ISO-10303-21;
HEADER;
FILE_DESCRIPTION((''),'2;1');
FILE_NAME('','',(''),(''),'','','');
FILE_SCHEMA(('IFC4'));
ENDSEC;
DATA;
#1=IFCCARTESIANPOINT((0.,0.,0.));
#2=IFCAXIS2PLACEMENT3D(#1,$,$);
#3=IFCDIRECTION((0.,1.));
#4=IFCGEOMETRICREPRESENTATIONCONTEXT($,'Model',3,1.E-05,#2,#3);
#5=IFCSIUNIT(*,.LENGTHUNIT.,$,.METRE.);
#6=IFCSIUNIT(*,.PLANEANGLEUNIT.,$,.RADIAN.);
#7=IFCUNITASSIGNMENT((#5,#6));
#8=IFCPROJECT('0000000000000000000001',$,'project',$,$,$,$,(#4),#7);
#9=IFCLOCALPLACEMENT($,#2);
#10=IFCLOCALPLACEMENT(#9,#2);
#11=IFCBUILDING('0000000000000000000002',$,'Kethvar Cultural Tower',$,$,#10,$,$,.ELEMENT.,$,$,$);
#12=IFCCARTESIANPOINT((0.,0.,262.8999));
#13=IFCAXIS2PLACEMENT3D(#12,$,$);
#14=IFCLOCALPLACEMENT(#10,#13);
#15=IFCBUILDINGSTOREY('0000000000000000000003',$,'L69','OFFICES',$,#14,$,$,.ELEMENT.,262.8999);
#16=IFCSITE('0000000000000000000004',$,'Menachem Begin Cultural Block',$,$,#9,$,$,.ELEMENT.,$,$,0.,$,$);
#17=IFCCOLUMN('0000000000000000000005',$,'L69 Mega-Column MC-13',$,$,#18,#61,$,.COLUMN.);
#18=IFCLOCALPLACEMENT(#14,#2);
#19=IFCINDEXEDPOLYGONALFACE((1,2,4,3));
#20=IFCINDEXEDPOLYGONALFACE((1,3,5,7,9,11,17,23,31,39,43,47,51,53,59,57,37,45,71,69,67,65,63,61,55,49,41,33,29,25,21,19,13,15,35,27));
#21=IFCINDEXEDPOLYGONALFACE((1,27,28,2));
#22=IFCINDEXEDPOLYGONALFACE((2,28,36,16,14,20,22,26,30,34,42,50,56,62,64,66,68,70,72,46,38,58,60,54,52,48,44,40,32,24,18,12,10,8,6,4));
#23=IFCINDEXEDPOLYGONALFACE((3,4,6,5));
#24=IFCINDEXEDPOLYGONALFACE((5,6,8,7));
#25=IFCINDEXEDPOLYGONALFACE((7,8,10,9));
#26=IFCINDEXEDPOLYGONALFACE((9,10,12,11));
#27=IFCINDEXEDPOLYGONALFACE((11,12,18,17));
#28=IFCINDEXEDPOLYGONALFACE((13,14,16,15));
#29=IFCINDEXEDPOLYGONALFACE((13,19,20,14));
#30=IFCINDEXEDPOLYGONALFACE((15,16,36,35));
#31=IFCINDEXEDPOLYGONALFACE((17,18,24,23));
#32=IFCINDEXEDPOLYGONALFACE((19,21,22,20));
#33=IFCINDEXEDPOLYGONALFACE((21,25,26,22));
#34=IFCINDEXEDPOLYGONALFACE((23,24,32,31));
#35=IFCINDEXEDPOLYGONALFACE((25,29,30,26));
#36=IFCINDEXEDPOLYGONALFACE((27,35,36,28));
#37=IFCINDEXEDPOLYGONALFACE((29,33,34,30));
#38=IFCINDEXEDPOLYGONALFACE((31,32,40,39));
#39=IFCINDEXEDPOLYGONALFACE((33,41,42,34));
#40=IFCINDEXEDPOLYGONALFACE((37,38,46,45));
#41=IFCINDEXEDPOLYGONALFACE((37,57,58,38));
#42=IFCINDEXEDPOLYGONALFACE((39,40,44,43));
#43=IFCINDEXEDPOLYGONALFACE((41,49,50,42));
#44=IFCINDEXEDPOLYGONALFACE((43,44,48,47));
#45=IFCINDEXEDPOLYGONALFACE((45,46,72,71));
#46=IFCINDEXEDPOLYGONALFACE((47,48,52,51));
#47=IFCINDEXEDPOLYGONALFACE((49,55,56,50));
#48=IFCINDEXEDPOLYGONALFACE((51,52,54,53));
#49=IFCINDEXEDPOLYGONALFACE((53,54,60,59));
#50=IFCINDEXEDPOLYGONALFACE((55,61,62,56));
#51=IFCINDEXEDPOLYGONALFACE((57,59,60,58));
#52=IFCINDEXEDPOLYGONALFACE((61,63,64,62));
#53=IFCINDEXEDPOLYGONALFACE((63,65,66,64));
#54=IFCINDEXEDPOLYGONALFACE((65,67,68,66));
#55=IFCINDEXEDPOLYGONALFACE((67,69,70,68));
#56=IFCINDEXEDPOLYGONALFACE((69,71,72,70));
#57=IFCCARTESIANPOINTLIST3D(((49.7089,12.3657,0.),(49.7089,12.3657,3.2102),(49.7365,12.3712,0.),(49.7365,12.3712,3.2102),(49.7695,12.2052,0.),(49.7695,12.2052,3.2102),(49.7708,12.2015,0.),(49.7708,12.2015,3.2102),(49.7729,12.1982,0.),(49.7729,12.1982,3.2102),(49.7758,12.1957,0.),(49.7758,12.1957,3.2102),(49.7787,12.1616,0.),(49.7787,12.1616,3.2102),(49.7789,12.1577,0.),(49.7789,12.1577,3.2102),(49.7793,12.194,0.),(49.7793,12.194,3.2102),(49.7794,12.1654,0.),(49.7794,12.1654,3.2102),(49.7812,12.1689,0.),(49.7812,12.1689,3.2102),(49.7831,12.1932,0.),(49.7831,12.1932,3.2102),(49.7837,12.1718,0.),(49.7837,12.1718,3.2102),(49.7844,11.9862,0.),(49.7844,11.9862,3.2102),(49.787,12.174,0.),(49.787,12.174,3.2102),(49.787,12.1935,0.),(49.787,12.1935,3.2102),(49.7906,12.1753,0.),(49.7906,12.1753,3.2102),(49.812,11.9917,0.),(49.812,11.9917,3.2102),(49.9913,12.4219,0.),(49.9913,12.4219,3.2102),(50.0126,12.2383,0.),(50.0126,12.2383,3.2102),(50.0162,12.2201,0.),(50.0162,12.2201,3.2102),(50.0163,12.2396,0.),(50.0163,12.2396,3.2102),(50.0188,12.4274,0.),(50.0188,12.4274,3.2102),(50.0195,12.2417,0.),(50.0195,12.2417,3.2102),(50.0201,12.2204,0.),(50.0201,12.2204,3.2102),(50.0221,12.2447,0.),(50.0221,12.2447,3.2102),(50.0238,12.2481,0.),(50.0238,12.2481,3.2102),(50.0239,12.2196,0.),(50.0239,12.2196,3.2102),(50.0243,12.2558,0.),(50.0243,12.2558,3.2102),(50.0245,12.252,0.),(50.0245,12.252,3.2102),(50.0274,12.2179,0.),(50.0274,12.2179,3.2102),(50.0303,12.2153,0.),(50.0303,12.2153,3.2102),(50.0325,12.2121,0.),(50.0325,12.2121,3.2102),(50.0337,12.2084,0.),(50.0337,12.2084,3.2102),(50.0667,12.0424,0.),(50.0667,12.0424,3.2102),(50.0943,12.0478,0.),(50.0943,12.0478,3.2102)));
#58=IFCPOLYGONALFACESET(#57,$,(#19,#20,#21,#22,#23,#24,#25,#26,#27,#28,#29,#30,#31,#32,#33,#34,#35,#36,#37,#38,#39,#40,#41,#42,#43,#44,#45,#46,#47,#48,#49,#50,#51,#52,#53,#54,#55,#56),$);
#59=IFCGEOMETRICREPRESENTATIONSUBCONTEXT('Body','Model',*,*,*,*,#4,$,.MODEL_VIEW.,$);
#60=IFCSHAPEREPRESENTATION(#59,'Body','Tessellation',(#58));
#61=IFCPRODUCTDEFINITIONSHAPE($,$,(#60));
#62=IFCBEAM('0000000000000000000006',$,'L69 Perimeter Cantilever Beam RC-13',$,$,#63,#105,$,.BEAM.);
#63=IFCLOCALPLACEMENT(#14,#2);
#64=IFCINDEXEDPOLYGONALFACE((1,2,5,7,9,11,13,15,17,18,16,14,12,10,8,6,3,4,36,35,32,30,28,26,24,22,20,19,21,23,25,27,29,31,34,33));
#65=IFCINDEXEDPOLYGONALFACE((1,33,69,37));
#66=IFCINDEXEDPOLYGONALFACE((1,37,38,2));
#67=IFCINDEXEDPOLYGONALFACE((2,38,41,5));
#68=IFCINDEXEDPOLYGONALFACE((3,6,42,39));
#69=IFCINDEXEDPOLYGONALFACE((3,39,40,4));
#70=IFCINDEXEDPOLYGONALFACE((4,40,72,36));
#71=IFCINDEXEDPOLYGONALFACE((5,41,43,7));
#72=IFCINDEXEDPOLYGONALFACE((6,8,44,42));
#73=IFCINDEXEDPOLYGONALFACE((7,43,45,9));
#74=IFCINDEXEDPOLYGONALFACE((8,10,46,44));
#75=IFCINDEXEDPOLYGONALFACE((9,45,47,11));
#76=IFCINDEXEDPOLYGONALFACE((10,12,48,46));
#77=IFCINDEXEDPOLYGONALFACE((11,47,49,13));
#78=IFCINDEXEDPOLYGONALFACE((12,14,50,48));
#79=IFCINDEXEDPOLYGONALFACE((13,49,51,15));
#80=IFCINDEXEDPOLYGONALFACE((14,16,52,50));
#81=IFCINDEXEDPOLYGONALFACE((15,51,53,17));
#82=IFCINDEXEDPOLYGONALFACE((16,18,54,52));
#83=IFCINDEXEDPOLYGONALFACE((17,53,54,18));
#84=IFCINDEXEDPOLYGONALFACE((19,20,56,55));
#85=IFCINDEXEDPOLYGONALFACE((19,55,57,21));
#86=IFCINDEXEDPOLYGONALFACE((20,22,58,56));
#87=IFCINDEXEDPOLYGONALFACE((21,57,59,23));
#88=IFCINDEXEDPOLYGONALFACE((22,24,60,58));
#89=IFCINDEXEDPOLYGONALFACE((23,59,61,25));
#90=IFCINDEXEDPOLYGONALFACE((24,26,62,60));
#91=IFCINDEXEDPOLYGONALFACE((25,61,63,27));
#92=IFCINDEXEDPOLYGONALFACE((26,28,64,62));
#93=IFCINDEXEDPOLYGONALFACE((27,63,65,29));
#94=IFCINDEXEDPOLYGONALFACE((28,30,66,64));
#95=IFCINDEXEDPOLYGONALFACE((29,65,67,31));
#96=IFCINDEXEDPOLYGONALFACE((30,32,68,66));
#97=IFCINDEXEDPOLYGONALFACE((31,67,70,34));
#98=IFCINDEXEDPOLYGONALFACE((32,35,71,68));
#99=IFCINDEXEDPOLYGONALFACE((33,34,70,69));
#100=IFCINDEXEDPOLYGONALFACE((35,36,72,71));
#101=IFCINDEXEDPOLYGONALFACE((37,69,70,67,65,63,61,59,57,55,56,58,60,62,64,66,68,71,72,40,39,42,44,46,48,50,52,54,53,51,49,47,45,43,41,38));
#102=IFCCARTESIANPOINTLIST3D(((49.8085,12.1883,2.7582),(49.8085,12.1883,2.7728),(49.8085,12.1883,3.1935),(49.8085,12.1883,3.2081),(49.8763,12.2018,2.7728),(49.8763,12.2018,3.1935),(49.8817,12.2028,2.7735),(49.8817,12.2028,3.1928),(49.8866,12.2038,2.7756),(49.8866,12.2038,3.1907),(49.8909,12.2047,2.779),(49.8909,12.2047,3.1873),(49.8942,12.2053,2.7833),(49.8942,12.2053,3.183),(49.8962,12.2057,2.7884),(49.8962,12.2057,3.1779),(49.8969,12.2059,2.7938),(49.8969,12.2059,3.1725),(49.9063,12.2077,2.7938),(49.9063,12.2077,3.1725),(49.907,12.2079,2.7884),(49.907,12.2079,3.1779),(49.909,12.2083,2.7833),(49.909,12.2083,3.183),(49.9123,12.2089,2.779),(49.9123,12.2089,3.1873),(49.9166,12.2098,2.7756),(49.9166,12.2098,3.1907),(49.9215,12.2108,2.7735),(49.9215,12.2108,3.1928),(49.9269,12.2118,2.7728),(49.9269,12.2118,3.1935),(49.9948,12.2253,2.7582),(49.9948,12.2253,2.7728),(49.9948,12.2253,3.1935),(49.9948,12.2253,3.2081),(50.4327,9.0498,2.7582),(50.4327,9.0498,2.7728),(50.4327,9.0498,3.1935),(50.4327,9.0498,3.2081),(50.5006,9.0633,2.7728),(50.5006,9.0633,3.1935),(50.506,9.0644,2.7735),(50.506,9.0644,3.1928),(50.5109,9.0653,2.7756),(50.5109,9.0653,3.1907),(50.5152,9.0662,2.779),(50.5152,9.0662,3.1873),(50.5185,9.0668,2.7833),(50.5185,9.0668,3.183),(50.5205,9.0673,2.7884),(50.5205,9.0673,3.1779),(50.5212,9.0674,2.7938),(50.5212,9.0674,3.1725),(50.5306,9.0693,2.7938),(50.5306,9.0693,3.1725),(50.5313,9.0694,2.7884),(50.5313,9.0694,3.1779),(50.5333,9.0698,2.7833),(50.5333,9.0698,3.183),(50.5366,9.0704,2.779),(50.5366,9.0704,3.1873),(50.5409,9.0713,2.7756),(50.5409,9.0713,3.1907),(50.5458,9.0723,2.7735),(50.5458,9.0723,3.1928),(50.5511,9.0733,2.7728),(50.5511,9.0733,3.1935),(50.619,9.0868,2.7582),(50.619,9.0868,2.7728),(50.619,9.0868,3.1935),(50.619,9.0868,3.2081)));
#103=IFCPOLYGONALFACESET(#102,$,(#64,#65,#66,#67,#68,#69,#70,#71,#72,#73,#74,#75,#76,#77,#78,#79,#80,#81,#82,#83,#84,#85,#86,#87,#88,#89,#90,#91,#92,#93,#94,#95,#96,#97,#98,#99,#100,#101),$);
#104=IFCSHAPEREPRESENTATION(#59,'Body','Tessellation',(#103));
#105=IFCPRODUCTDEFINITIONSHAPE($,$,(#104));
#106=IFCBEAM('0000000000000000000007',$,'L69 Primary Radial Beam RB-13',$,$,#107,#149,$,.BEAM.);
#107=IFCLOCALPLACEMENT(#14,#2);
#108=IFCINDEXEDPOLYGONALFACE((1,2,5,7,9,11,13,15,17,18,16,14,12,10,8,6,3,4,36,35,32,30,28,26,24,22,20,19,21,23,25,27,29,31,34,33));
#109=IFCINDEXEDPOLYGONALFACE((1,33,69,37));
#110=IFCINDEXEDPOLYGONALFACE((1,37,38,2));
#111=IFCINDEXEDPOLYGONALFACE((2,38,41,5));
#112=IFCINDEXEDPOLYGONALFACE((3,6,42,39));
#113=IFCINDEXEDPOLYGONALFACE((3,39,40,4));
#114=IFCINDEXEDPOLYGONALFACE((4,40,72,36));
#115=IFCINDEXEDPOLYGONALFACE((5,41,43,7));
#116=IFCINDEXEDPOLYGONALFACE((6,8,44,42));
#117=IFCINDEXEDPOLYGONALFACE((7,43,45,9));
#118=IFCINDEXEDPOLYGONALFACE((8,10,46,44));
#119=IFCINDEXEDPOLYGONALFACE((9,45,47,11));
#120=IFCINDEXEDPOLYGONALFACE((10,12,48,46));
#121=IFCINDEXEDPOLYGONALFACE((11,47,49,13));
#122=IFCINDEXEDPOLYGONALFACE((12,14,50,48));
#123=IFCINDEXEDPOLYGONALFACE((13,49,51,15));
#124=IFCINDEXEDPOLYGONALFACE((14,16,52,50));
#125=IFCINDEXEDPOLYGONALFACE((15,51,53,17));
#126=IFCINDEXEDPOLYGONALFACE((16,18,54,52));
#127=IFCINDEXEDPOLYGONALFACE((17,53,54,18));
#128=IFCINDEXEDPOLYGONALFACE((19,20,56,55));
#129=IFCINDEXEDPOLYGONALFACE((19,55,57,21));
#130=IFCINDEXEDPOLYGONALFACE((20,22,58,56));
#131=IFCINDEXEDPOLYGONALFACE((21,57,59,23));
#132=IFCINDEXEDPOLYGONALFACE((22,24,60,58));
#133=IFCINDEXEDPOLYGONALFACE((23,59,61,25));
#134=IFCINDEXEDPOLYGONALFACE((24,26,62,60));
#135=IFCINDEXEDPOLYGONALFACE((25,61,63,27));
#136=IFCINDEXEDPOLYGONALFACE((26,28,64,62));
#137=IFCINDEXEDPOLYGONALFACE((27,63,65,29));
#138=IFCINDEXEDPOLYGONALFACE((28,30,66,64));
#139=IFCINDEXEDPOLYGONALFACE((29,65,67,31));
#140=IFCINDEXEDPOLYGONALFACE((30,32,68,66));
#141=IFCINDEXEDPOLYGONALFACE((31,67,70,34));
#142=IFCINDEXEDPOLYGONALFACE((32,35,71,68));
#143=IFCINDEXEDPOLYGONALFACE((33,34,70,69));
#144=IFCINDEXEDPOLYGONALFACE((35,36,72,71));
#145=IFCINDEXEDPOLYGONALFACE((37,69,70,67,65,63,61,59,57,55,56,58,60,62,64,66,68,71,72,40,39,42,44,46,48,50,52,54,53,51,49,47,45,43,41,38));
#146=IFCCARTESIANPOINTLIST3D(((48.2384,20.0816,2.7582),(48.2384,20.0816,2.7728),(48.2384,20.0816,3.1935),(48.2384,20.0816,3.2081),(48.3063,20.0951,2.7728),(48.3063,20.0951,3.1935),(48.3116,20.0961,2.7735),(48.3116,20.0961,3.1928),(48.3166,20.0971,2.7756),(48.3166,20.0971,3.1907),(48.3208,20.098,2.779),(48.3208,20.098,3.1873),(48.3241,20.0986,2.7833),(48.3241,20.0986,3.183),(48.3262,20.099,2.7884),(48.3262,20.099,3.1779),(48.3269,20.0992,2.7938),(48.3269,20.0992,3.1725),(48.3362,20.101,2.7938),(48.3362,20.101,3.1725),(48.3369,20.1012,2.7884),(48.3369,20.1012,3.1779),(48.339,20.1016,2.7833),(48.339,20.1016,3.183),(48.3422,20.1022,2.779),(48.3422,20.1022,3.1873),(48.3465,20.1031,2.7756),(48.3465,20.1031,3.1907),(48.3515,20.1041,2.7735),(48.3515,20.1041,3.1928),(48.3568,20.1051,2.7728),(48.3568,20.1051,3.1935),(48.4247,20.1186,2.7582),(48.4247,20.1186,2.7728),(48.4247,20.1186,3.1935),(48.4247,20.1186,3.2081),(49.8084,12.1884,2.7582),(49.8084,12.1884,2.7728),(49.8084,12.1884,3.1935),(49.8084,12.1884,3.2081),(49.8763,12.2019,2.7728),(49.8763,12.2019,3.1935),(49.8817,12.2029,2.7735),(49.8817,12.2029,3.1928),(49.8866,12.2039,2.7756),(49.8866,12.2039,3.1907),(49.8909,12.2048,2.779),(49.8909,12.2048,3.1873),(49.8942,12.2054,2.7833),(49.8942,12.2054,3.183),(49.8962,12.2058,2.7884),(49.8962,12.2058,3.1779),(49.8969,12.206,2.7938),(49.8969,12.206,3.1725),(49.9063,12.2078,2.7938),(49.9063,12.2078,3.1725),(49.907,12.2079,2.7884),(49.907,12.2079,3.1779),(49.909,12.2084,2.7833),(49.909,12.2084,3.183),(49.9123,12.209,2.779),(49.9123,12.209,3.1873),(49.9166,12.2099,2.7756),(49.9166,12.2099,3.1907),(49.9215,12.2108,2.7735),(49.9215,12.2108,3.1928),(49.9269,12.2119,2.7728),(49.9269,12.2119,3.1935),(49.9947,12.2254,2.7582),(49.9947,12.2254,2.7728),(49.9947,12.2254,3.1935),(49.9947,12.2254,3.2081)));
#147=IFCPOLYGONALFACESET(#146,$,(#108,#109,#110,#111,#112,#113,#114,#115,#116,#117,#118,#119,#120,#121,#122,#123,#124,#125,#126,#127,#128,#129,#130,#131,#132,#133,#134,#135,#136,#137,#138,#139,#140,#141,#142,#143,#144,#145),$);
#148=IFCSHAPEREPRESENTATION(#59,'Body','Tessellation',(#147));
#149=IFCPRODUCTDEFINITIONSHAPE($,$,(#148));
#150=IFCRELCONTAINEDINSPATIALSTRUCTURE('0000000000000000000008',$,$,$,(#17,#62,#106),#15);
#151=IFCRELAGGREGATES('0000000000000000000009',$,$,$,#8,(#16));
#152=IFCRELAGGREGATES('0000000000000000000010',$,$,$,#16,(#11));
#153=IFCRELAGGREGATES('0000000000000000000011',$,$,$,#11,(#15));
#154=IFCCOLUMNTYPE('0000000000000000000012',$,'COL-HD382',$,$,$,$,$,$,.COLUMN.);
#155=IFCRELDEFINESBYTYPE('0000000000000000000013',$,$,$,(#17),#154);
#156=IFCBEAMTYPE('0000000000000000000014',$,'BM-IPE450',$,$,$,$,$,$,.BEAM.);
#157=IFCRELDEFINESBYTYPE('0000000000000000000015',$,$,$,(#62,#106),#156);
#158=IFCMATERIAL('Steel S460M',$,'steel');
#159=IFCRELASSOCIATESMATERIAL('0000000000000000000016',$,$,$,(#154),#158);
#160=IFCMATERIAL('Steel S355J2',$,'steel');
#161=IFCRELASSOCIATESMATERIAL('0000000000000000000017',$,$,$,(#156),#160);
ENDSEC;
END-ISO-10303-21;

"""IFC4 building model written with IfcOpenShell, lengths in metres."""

from ifc_helpers import new_model, si_unit, direction, frame, origin, origin_2d, place, context, subcontext, project, spatial, i_section, extrude, source, transform, mapped, material, material_profile, profile_set, type_object, element, save


model = new_model("IFC4")

# Units and contexts
model_context = context("Model", 3, precision=1e-05, world=origin(), true_north=direction((0.0, 1.0)))
body_context = subcontext(model_context, "Body", "Model", "MODEL_VIEW")
ifc_project = project(units=[si_unit("LENGTHUNIT", "METRE"), si_unit("PLANEANGLEUNIT", "RADIAN")], contexts=[model_context])

# Site, building, storey
site_placement = place(None, origin())
site = spatial("IfcSite", under=ifc_project, at=site_placement, Name="Menachem Begin Cultural Block", CompositionType="ELEMENT", RefElevation=0.0)
building_placement = place(site_placement, origin())
building = spatial("IfcBuilding", under=site, at=building_placement, Name="Kethvar Cultural Tower", CompositionType="ELEMENT")
storey_placement = place(building_placement, frame((0.0, 0.0, 262.8999)))
storey = spatial("IfcBuildingStorey", under=building, at=storey_placement, Name="L69", Description="OFFICES", CompositionType="ELEMENT", Elevation=262.8999)

# Column
ifc_material_1 = material(Name="Steel S460M", Category="steel")
ifc_material_profile_1 = material_profile(ifc_material_1, i_section(OverallWidth=0.387, OverallDepth=0.3159, WebThickness=0.0186, FlangeThickness=0.0281, FilletRadius=0.0149, at=origin_2d()), Name="Steel S460M — HD400x382")
ifc_profile_set_1 = profile_set([ifc_material_profile_1], Name="Steel S460M — HD400x382")
column_type = type_object("IfcColumnType", Name="COL-HD382", PredefinedType="COLUMN", material=ifc_profile_set_1)
shared_shape_1 = source(origin(), body_context, "Body", "SweptSolid", [
    extrude(i_section(OverallWidth=0.387, OverallDepth=0.3159, WebThickness=0.0186, FlangeThickness=0.0281, FilletRadius=0.0149, at=origin_2d()), origin(), (0.0, 0.0, 1.0), 3.2102),
])
column_placement = place(storey_placement, frame((49.9016, 12.2068, 0.0), z_axis=(0.0, 0.0, 1.0), x_axis=(0.19509, -0.980785, 0.0)))
element("IfcColumn", 1, at=column_placement, inside=storey, type_object=column_type, Name="L69 Mega-Column MC-13", PredefinedType="COLUMN", context=body_context, shape_type="MappedRepresentation", body=[
    mapped(shared_shape_1, transform((0.0, 0.0, 0.0), scale=1.0)),
])

# Beams
ifc_material_2 = material(Name="Steel S355J2", Category="steel")
ifc_material_profile_2 = material_profile(ifc_material_2, i_section(OverallWidth=0.1899, OverallDepth=0.45, WebThickness=0.0095, FlangeThickness=0.0146, FilletRadius=0.021, at=origin_2d()), Name="Steel S355J2 — IPE450")
ifc_profile_set_2 = profile_set([ifc_material_profile_2], Name="Steel S355J2 — IPE450")
beam_type_1 = type_object("IfcBeamType", Name="BM-IPE450", PredefinedType="BEAM", material=ifc_profile_set_2)
shared_shape_2 = source(origin(), body_context, "Body", "SweptSolid", [
    extrude(i_section(OverallWidth=0.1899, OverallDepth=0.45, WebThickness=0.0095, FlangeThickness=0.0146, FilletRadius=0.021, at=origin_2d()), origin(), (0.0, 0.0, 1.0), 3.2),
])
beam_1_placement = place(storey_placement, frame((49.9016, 12.2068, 2.9832), z_axis=(0.195089, -0.980786, 0.0), x_axis=(0.980786, 0.195089, 0.0)))
element("IfcBeam", 2, at=beam_1_placement, inside=storey, type_object=beam_type_1, Name="L69 Perimeter Cantilever Beam RC-13", PredefinedType="BEAM", context=body_context, shape_type="MappedRepresentation", body=[
    mapped(shared_shape_2, transform((0.0, 0.0, 0.0), scale=1.0)),
])
shared_shape_3 = source(origin(), body_context, "Body", "SweptSolid", [
    extrude(i_section(OverallWidth=0.1899, OverallDepth=0.45, WebThickness=0.0095, FlangeThickness=0.0146, FilletRadius=0.021, at=origin_2d()), origin(), (0.0, 0.0, 1.0), 8.0479),
])
beam_2_placement = place(storey_placement, frame((48.3315, 20.1001, 2.9832), z_axis=(0.195089, -0.980785, 0.0), x_axis=(0.980785, 0.195089, 0.0)))
element("IfcBeam", 3, at=beam_2_placement, inside=storey, type_object=beam_type_1, Name="L69 Primary Radial Beam RB-13", PredefinedType="BEAM", context=body_context, shape_type="MappedRepresentation", body=[
    mapped(shared_shape_3, transform((0.0, 0.0, 0.0), scale=1.0)),
])

save(model, "model.ifc")
